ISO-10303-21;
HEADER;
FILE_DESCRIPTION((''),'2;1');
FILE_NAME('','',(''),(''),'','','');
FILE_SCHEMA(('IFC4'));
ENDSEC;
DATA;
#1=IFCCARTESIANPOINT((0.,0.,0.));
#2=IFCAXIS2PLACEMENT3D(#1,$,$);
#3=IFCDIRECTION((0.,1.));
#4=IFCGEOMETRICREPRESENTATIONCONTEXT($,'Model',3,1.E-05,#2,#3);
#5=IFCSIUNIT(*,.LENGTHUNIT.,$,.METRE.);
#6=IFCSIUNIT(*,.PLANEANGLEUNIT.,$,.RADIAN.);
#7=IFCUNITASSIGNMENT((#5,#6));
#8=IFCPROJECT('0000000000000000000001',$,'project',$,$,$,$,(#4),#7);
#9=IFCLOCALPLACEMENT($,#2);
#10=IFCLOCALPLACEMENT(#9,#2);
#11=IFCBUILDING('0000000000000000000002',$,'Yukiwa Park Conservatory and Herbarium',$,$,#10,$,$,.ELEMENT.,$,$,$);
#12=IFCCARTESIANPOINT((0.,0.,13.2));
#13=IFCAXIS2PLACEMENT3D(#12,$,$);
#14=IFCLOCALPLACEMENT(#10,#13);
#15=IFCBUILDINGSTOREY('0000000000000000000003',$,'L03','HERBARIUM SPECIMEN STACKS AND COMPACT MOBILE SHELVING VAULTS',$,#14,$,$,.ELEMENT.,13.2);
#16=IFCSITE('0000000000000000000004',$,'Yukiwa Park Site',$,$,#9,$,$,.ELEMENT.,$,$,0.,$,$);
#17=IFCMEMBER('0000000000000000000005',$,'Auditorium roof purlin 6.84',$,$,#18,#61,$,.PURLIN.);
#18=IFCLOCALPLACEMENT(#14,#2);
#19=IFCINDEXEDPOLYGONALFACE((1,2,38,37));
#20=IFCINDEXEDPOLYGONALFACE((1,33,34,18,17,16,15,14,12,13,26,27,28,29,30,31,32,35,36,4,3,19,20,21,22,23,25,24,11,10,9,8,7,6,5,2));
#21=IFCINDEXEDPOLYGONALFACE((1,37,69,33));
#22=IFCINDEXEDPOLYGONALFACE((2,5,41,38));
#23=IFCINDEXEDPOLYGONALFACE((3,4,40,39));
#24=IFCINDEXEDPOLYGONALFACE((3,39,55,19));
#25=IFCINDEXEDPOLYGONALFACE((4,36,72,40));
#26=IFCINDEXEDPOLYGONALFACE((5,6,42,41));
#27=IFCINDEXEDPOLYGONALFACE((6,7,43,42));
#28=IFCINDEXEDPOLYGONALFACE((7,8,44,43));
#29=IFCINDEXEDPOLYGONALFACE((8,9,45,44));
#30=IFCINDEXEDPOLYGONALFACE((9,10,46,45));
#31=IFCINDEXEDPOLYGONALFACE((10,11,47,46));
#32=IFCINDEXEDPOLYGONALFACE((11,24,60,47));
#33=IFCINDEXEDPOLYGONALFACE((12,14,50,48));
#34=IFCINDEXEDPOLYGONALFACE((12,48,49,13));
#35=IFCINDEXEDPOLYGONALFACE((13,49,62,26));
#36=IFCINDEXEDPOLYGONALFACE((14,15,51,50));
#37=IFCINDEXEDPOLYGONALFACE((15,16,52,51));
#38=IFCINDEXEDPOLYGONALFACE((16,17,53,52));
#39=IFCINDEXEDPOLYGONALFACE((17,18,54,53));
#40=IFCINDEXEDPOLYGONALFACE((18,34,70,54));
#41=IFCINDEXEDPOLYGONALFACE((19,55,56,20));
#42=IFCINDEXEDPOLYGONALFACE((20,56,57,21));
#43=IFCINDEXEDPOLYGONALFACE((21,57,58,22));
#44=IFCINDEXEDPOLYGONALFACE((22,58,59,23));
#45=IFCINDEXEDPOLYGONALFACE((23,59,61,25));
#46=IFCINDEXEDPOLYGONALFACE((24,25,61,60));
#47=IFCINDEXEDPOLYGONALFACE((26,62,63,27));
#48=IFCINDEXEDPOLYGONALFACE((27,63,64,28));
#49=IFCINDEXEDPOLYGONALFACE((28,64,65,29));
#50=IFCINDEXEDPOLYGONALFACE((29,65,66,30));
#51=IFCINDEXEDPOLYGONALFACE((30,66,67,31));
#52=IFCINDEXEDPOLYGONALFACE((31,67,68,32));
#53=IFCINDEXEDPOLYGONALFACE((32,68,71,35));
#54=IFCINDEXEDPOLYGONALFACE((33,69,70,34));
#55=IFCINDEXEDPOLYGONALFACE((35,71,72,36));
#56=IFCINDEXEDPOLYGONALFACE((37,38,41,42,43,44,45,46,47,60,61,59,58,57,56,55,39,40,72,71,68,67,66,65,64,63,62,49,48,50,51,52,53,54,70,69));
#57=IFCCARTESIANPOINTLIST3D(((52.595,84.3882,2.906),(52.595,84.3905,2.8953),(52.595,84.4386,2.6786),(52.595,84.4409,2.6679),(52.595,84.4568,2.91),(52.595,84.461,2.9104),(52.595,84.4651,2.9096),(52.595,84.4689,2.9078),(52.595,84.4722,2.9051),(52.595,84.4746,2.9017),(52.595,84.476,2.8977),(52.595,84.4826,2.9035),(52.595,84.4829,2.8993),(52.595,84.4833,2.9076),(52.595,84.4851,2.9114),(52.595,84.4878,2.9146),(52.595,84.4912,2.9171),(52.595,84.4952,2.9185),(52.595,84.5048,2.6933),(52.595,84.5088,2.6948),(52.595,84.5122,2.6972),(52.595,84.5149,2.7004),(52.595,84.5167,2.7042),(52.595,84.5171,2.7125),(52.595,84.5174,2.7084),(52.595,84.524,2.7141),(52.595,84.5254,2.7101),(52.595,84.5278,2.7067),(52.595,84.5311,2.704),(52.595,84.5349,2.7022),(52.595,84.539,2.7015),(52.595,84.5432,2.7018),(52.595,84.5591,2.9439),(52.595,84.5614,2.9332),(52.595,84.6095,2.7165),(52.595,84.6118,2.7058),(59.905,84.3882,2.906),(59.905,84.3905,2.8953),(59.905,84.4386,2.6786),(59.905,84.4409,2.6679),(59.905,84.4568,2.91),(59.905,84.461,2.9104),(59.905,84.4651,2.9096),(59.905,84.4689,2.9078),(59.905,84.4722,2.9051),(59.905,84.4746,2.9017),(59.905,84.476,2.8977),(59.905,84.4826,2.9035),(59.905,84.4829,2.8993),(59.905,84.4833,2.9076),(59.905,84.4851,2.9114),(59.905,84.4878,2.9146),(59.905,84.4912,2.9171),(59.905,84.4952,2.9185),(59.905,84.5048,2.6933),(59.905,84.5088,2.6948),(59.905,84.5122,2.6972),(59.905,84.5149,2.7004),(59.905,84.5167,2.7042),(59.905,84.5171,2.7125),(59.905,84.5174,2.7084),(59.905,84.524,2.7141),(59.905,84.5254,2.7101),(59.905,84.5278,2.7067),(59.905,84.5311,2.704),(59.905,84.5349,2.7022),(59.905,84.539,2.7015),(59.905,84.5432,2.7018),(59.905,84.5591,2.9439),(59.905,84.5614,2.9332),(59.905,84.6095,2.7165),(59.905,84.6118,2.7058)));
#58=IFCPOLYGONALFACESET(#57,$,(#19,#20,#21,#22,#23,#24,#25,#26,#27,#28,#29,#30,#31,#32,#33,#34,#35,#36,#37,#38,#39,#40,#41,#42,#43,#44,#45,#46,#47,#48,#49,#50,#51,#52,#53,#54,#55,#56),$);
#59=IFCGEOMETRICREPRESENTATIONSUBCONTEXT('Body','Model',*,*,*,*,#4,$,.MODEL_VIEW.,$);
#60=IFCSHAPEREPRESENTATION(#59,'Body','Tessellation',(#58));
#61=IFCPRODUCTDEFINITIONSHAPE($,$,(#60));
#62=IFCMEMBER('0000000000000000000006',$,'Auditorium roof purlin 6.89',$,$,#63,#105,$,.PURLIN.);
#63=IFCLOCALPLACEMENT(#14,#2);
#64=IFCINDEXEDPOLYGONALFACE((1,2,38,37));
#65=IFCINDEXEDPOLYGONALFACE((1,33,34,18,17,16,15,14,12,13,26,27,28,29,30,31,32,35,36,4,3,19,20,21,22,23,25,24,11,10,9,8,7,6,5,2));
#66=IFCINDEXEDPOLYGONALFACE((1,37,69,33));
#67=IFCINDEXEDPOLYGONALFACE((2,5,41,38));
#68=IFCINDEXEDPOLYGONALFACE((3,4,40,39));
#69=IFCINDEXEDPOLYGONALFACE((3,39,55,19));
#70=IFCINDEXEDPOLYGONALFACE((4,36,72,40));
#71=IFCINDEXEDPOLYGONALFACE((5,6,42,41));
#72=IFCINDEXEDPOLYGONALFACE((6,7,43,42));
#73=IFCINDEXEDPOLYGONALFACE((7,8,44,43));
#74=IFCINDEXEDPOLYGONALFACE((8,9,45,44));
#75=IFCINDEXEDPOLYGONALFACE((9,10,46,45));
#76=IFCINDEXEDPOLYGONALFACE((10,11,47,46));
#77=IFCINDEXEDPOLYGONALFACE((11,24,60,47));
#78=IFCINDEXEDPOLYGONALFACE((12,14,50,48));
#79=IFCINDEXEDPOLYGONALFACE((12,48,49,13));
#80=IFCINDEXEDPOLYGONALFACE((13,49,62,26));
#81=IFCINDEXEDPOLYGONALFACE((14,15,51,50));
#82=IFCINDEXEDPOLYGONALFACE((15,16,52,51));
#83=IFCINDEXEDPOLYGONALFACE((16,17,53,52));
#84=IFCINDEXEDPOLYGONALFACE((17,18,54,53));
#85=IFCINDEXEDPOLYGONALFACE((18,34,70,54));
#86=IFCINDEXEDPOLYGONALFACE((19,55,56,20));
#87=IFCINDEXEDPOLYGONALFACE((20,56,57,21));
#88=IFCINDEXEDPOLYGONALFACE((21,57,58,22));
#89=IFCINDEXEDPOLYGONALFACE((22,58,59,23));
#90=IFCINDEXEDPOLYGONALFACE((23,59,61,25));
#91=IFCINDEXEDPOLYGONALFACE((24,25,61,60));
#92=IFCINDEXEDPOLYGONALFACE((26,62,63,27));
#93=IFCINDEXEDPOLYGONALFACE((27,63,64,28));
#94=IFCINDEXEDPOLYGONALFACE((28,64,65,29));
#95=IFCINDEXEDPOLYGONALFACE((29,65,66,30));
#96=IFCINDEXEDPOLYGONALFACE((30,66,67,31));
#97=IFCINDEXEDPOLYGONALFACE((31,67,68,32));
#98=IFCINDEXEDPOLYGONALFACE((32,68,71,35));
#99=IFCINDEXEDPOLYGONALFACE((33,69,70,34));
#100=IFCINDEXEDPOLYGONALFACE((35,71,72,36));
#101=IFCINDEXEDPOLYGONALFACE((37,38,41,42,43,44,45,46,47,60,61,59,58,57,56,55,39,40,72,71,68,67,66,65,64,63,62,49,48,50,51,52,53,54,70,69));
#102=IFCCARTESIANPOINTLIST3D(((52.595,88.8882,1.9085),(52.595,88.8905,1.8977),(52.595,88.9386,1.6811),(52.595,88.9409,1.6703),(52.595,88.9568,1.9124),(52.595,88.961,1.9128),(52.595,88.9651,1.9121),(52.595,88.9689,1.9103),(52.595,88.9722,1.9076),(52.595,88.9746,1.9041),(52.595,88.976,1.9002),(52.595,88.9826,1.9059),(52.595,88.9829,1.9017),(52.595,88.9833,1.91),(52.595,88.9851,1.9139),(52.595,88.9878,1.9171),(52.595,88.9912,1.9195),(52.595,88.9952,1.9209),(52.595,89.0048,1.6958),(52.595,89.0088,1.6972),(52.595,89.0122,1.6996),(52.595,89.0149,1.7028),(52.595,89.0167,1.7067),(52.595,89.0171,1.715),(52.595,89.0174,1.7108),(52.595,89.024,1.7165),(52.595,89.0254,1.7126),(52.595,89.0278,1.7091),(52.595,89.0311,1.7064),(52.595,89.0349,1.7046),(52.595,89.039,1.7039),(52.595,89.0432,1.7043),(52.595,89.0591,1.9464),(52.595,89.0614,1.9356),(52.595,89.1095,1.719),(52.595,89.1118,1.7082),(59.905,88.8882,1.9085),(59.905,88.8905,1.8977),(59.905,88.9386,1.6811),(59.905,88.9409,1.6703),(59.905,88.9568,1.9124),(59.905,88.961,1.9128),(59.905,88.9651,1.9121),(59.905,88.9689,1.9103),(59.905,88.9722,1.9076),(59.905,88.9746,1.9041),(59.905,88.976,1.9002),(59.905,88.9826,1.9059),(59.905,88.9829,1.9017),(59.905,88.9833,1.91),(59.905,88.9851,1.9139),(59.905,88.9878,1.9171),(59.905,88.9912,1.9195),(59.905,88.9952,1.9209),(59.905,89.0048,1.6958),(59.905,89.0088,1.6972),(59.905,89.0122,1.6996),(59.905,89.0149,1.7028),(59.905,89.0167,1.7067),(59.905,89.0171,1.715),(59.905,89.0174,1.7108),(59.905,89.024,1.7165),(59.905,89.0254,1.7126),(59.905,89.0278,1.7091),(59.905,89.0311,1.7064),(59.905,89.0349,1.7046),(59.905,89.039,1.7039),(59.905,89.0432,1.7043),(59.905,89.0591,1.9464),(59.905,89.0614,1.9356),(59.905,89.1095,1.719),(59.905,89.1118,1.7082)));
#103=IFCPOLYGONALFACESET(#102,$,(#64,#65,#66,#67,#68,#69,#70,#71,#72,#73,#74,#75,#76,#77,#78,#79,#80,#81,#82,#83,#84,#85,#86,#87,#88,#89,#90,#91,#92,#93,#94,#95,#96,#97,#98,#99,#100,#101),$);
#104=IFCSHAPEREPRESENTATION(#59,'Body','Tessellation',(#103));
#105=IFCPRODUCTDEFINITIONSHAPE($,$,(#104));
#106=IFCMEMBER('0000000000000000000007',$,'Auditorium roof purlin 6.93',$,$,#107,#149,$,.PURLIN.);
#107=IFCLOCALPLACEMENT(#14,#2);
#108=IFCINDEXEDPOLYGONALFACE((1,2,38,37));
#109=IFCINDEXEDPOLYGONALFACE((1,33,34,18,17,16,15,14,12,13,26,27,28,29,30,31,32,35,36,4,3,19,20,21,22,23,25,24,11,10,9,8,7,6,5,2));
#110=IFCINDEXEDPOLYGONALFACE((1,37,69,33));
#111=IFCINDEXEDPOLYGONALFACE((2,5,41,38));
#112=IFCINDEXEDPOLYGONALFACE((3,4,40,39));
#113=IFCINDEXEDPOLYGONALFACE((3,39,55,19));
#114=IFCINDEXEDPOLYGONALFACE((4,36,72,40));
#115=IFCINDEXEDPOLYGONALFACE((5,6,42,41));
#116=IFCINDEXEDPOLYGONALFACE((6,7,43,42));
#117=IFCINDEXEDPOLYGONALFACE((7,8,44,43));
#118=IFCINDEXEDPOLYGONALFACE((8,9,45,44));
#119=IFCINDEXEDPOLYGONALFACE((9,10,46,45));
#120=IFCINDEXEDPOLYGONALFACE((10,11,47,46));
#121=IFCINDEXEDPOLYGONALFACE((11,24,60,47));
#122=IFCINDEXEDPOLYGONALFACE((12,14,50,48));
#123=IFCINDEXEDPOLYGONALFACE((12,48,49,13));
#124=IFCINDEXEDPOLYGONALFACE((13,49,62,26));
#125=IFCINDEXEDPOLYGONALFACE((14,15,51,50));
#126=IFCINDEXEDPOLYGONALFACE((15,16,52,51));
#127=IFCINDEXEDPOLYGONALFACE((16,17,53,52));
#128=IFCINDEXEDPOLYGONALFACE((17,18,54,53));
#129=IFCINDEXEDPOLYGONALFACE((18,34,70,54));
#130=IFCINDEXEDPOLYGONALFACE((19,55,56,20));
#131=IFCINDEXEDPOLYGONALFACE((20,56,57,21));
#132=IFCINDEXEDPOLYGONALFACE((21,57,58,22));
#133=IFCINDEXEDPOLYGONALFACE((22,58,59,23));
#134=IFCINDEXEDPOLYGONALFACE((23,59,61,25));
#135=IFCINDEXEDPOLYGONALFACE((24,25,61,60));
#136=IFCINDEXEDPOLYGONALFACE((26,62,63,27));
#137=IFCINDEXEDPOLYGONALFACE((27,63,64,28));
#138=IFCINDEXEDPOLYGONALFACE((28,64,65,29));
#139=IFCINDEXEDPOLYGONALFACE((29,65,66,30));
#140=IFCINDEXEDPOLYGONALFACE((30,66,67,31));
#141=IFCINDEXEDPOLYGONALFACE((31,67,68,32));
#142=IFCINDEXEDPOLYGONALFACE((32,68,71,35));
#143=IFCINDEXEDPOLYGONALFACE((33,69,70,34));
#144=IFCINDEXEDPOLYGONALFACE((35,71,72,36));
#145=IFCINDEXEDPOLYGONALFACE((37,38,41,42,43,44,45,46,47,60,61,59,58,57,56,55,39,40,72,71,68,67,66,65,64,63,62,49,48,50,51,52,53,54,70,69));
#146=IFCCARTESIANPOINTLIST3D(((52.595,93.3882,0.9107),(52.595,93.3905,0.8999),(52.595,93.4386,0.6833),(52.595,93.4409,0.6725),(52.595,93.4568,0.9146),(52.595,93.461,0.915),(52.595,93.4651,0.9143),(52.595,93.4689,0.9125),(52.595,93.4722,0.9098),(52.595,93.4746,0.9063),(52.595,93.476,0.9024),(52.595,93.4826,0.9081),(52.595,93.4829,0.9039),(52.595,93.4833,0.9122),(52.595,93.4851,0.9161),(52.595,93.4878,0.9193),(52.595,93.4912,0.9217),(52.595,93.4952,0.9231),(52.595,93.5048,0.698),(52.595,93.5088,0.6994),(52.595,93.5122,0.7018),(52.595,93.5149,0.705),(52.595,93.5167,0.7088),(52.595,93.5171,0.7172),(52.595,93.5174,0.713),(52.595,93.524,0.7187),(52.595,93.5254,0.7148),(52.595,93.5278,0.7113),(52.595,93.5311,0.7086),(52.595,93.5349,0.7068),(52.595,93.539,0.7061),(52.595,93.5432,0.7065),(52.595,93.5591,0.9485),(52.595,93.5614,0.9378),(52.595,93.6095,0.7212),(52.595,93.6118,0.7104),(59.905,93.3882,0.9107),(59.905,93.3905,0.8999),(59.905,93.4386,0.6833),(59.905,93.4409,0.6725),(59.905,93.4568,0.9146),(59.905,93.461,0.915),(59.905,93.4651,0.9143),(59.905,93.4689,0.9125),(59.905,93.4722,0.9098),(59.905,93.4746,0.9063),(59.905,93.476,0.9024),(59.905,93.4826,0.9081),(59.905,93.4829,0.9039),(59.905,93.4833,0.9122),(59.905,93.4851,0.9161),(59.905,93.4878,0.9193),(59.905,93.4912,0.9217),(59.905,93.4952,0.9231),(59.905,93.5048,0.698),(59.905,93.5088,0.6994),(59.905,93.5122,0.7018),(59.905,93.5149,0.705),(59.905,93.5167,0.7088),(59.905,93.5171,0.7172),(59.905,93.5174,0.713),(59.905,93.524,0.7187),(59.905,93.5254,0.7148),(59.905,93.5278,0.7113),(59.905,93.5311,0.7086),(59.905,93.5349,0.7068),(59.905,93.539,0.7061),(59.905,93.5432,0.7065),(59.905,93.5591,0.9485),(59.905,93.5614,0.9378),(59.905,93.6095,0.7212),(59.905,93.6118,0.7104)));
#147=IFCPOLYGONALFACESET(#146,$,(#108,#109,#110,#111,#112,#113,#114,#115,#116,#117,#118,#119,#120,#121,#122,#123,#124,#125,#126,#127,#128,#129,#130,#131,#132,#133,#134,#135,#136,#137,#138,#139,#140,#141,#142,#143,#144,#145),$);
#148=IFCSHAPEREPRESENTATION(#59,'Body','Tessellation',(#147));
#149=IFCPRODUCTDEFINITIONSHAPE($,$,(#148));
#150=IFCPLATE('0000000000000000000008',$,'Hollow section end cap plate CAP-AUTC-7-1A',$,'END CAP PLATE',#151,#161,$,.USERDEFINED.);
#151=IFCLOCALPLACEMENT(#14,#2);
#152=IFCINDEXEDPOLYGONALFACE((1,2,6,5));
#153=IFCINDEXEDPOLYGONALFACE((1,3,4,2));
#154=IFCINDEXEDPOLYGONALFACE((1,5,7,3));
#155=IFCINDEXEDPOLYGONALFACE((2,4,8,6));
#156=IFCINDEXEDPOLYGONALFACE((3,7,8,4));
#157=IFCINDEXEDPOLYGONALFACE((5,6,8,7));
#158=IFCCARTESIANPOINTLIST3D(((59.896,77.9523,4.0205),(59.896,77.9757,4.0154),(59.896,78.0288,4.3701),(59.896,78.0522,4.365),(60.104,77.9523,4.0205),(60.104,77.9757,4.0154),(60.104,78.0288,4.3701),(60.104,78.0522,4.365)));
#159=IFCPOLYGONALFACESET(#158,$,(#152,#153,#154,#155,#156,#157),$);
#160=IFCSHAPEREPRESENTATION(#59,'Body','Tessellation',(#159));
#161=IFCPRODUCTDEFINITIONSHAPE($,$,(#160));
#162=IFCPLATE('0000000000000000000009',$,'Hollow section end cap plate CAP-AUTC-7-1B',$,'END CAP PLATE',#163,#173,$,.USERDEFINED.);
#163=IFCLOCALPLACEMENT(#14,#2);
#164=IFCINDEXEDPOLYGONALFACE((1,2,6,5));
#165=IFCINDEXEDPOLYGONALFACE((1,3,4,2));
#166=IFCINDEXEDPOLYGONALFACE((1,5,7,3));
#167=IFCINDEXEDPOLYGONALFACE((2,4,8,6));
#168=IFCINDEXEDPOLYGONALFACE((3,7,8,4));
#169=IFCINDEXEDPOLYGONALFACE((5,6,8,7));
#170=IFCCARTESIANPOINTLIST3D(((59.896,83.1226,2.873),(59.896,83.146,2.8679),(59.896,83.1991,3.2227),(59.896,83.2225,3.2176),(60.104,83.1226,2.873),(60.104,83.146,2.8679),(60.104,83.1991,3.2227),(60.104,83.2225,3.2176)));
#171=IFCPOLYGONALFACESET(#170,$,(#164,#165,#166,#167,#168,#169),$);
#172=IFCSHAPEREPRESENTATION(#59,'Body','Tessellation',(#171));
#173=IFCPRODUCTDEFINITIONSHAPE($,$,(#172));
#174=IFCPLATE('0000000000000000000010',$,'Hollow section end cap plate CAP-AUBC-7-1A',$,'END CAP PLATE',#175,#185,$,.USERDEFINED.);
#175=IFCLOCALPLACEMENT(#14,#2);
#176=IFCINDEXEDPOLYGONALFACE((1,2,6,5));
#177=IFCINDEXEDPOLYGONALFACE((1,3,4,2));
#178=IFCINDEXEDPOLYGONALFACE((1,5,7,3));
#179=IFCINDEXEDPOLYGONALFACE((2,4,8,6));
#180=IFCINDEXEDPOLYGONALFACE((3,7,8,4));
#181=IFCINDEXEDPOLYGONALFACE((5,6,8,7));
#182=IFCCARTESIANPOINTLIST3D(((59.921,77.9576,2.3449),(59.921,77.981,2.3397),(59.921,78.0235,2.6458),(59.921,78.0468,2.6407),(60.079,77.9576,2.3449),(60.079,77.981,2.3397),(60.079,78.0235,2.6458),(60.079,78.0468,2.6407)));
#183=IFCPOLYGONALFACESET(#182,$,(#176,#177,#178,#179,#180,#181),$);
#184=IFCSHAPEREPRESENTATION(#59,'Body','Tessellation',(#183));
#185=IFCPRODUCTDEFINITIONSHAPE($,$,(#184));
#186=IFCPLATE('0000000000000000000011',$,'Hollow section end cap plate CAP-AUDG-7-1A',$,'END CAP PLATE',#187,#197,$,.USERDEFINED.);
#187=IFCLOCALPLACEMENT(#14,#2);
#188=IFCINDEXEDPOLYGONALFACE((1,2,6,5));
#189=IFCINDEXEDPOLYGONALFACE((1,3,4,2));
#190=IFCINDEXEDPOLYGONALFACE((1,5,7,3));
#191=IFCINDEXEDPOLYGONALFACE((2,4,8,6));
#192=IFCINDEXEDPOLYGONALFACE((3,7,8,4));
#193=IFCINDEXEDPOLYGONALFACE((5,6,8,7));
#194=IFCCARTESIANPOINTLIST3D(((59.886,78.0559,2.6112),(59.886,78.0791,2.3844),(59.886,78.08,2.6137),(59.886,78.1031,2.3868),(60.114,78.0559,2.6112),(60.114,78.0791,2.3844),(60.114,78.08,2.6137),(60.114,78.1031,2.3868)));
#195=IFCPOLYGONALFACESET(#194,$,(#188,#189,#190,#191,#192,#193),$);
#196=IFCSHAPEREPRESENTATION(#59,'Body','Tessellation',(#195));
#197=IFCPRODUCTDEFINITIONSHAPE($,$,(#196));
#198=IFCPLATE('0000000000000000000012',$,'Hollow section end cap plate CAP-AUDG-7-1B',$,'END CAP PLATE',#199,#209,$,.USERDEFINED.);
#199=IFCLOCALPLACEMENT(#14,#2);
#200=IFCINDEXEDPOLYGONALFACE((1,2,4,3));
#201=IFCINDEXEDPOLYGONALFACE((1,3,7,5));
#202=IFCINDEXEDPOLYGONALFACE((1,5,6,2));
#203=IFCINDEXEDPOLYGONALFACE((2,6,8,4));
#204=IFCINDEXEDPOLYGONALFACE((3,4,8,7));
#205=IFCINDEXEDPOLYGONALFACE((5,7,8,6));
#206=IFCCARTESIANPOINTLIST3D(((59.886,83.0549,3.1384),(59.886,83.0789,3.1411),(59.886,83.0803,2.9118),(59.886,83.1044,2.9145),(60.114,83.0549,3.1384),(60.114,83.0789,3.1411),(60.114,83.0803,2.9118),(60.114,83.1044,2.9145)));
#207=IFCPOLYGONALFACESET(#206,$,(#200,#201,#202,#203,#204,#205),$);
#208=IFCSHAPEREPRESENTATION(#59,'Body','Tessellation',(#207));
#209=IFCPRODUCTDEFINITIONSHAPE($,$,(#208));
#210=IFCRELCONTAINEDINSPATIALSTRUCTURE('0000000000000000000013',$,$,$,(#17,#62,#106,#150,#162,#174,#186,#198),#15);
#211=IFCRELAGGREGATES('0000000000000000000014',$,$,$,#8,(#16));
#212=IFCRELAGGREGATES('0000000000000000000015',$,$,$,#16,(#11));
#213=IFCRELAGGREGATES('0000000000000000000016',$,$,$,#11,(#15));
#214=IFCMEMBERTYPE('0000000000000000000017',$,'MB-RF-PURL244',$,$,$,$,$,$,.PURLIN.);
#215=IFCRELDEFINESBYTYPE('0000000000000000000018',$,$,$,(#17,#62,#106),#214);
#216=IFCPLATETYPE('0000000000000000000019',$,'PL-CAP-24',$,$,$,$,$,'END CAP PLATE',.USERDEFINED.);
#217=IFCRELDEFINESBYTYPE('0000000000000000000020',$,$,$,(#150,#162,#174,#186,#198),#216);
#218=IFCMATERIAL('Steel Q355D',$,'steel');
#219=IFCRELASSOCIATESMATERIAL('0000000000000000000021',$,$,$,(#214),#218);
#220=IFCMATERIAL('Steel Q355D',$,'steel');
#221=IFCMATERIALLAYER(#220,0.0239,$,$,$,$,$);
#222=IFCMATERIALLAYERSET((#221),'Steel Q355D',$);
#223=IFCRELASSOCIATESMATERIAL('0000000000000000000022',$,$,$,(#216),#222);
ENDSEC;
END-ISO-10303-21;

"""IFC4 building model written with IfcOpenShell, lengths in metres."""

from ifc_helpers import new_model, si_unit, direction, frame, origin, origin_2d, place, context, subcontext, project, spatial, rectangle, i_section, extrude, material, layer, layer_set, material_profile, profile_set, type_object, element, save


model = new_model("IFC4")

# Units and contexts
model_context = context("Model", 3, precision=1e-05, world=origin(), true_north=direction((0.0, 1.0)))
body_context = subcontext(model_context, "Body", "Model", "MODEL_VIEW")
ifc_project = project(units=[si_unit("LENGTHUNIT", "METRE"), si_unit("PLANEANGLEUNIT", "RADIAN")], contexts=[model_context])

# Site, building, storey
site_placement = place(None, origin())
site = spatial("IfcSite", under=ifc_project, at=site_placement, Name="Yukiwa Park Site", CompositionType="ELEMENT", RefElevation=0.0)
building_placement = place(site_placement, origin())
building = spatial("IfcBuilding", under=site, at=building_placement, Name="Yukiwa Park Conservatory and Herbarium", CompositionType="ELEMENT")
storey_placement = place(building_placement, frame((0.0, 0.0, 13.2)))
storey = spatial("IfcBuildingStorey", under=building, at=storey_placement, Name="L03", Description="HERBARIUM SPECIMEN STACKS AND COMPACT MOBILE SHELVING VAULTS", CompositionType="ELEMENT", Elevation=13.2)

# Members
ifc_material_1 = material(Name="Steel Q355D", Category="steel")
ifc_material_profile_1 = material_profile(ifc_material_1, i_section(OverallWidth=0.175, OverallDepth=0.2439, WebThickness=0.0071, FlangeThickness=0.011, FilletRadius=0.0161, at=origin_2d()), Name="HM 244x175x7x11")
ifc_profile_set_1 = profile_set([ifc_material_profile_1], Name="Steel Q355D")
member_type_1 = type_object("IfcMemberType", Name="MB-RF-PURL244", PredefinedType="PURLIN", material=ifc_profile_set_1)
for number, where, z_axis, x_axis, name in (
    (1, (52.595, 84.5, 2.8059), (1.0, 0.0, 0.0), (0.0, 0.976296, 0.21644), "Auditorium roof purlin 6.84"),
    (2, (52.595, 89.0, 1.8083), (1.0, 0.0, 0.0), (0.0, 0.976296, 0.21644), "Auditorium roof purlin 6.89"),
    (3, (52.595, 93.5, 0.8105), (1.0, 0.0, 0.0), (0.0, 0.976296, 0.21644), "Auditorium roof purlin 6.93"),
):
    element("IfcMember", number, at=place(storey_placement, frame(where, z_axis=z_axis, x_axis=x_axis)), inside=storey, type_object=member_type_1, Name=name, PredefinedType="PURLIN", context=body_context, shape_type="SweptSolid", body=[
        extrude(i_section(OverallWidth=0.175, OverallDepth=0.2439, WebThickness=0.0071, FlangeThickness=0.011, FilletRadius=0.0161, at=origin_2d()), origin(), (0.0, 0.0, 1.0), 7.3101),
    ])

# Plates
ifc_material_2 = material(Name="Steel Q355D", Category="steel")
ifc_layer_1 = layer(ifc_material_2, 0.0239)
ifc_layer_set_1 = layer_set([ifc_layer_1], Name="Steel Q355D")
plate_type_1 = type_object("IfcPlateType", Name="PL-CAP-24", ElementType="END CAP PLATE", PredefinedType="USERDEFINED", material=ifc_layer_set_1)
for number, where, z_axis, x_axis, name in (
    (4, (60.0, 78.0139, 4.1902), (0.0, -0.9769, 0.213697), (1.0, 0.0, 0.0), "Hollow section end cap plate CAP-AUTC-7-1A"),
    (5, (60.0, 83.1609, 3.0479), (0.0, 0.9769, -0.213697), (-1.0, 0.0, 0.0), "Hollow section end cap plate CAP-AUTC-7-1B"),
):
    element("IfcPlate", number, at=place(storey_placement, frame(where, z_axis=z_axis, x_axis=x_axis)), inside=storey, type_object=plate_type_1, Name=name, ObjectType="END CAP PLATE", PredefinedType="USERDEFINED", context=body_context, shape_type="SweptSolid", body=[
        extrude(rectangle(XDim=0.208, YDim=0.3579, at=origin_2d()), origin(), (0.0, 0.0, 1.0), 0.0239),
    ])
plate_1_placement = place(storey_placement, frame((60.0, 78.0139, 2.4902), z_axis=(0.0, -0.9769, 0.213697), x_axis=(1.0, 0.0, 0.0)))
element("IfcPlate", 6, at=plate_1_placement, inside=storey, type_object=plate_type_1, Name="Hollow section end cap plate CAP-AUBC-7-1A", ObjectType="END CAP PLATE", PredefinedType="USERDEFINED", context=body_context, shape_type="SweptSolid", body=[
    extrude(rectangle(XDim=0.158, YDim=0.3081, at=origin_2d()), origin(), (0.0, 0.0, 1.0), 0.0239),
])
for number, where, z_axis, x_axis, name in (
    (7, (60.0, 78.0916, 2.5002), (0.0, -0.994834, -0.101514), (1.0, 0.0, 0.0), "Hollow section end cap plate CAP-AUDG-7-1A"),
    (8, (60.0, 83.0676, 3.0251), (0.0, 0.993759, 0.111544), (-1.0, 0.0, 0.0), "Hollow section end cap plate CAP-AUDG-7-1B"),
):
    element("IfcPlate", number, at=place(storey_placement, frame(where, z_axis=z_axis, x_axis=x_axis)), inside=storey, type_object=plate_type_1, Name=name, ObjectType="END CAP PLATE", PredefinedType="USERDEFINED", context=body_context, shape_type="SweptSolid", body=[
        extrude(rectangle(XDim=0.228, YDim=0.228, at=origin_2d()), origin(), (0.0, 0.0, 1.0), 0.0242),
    ])

save(model, "model.ifc")
